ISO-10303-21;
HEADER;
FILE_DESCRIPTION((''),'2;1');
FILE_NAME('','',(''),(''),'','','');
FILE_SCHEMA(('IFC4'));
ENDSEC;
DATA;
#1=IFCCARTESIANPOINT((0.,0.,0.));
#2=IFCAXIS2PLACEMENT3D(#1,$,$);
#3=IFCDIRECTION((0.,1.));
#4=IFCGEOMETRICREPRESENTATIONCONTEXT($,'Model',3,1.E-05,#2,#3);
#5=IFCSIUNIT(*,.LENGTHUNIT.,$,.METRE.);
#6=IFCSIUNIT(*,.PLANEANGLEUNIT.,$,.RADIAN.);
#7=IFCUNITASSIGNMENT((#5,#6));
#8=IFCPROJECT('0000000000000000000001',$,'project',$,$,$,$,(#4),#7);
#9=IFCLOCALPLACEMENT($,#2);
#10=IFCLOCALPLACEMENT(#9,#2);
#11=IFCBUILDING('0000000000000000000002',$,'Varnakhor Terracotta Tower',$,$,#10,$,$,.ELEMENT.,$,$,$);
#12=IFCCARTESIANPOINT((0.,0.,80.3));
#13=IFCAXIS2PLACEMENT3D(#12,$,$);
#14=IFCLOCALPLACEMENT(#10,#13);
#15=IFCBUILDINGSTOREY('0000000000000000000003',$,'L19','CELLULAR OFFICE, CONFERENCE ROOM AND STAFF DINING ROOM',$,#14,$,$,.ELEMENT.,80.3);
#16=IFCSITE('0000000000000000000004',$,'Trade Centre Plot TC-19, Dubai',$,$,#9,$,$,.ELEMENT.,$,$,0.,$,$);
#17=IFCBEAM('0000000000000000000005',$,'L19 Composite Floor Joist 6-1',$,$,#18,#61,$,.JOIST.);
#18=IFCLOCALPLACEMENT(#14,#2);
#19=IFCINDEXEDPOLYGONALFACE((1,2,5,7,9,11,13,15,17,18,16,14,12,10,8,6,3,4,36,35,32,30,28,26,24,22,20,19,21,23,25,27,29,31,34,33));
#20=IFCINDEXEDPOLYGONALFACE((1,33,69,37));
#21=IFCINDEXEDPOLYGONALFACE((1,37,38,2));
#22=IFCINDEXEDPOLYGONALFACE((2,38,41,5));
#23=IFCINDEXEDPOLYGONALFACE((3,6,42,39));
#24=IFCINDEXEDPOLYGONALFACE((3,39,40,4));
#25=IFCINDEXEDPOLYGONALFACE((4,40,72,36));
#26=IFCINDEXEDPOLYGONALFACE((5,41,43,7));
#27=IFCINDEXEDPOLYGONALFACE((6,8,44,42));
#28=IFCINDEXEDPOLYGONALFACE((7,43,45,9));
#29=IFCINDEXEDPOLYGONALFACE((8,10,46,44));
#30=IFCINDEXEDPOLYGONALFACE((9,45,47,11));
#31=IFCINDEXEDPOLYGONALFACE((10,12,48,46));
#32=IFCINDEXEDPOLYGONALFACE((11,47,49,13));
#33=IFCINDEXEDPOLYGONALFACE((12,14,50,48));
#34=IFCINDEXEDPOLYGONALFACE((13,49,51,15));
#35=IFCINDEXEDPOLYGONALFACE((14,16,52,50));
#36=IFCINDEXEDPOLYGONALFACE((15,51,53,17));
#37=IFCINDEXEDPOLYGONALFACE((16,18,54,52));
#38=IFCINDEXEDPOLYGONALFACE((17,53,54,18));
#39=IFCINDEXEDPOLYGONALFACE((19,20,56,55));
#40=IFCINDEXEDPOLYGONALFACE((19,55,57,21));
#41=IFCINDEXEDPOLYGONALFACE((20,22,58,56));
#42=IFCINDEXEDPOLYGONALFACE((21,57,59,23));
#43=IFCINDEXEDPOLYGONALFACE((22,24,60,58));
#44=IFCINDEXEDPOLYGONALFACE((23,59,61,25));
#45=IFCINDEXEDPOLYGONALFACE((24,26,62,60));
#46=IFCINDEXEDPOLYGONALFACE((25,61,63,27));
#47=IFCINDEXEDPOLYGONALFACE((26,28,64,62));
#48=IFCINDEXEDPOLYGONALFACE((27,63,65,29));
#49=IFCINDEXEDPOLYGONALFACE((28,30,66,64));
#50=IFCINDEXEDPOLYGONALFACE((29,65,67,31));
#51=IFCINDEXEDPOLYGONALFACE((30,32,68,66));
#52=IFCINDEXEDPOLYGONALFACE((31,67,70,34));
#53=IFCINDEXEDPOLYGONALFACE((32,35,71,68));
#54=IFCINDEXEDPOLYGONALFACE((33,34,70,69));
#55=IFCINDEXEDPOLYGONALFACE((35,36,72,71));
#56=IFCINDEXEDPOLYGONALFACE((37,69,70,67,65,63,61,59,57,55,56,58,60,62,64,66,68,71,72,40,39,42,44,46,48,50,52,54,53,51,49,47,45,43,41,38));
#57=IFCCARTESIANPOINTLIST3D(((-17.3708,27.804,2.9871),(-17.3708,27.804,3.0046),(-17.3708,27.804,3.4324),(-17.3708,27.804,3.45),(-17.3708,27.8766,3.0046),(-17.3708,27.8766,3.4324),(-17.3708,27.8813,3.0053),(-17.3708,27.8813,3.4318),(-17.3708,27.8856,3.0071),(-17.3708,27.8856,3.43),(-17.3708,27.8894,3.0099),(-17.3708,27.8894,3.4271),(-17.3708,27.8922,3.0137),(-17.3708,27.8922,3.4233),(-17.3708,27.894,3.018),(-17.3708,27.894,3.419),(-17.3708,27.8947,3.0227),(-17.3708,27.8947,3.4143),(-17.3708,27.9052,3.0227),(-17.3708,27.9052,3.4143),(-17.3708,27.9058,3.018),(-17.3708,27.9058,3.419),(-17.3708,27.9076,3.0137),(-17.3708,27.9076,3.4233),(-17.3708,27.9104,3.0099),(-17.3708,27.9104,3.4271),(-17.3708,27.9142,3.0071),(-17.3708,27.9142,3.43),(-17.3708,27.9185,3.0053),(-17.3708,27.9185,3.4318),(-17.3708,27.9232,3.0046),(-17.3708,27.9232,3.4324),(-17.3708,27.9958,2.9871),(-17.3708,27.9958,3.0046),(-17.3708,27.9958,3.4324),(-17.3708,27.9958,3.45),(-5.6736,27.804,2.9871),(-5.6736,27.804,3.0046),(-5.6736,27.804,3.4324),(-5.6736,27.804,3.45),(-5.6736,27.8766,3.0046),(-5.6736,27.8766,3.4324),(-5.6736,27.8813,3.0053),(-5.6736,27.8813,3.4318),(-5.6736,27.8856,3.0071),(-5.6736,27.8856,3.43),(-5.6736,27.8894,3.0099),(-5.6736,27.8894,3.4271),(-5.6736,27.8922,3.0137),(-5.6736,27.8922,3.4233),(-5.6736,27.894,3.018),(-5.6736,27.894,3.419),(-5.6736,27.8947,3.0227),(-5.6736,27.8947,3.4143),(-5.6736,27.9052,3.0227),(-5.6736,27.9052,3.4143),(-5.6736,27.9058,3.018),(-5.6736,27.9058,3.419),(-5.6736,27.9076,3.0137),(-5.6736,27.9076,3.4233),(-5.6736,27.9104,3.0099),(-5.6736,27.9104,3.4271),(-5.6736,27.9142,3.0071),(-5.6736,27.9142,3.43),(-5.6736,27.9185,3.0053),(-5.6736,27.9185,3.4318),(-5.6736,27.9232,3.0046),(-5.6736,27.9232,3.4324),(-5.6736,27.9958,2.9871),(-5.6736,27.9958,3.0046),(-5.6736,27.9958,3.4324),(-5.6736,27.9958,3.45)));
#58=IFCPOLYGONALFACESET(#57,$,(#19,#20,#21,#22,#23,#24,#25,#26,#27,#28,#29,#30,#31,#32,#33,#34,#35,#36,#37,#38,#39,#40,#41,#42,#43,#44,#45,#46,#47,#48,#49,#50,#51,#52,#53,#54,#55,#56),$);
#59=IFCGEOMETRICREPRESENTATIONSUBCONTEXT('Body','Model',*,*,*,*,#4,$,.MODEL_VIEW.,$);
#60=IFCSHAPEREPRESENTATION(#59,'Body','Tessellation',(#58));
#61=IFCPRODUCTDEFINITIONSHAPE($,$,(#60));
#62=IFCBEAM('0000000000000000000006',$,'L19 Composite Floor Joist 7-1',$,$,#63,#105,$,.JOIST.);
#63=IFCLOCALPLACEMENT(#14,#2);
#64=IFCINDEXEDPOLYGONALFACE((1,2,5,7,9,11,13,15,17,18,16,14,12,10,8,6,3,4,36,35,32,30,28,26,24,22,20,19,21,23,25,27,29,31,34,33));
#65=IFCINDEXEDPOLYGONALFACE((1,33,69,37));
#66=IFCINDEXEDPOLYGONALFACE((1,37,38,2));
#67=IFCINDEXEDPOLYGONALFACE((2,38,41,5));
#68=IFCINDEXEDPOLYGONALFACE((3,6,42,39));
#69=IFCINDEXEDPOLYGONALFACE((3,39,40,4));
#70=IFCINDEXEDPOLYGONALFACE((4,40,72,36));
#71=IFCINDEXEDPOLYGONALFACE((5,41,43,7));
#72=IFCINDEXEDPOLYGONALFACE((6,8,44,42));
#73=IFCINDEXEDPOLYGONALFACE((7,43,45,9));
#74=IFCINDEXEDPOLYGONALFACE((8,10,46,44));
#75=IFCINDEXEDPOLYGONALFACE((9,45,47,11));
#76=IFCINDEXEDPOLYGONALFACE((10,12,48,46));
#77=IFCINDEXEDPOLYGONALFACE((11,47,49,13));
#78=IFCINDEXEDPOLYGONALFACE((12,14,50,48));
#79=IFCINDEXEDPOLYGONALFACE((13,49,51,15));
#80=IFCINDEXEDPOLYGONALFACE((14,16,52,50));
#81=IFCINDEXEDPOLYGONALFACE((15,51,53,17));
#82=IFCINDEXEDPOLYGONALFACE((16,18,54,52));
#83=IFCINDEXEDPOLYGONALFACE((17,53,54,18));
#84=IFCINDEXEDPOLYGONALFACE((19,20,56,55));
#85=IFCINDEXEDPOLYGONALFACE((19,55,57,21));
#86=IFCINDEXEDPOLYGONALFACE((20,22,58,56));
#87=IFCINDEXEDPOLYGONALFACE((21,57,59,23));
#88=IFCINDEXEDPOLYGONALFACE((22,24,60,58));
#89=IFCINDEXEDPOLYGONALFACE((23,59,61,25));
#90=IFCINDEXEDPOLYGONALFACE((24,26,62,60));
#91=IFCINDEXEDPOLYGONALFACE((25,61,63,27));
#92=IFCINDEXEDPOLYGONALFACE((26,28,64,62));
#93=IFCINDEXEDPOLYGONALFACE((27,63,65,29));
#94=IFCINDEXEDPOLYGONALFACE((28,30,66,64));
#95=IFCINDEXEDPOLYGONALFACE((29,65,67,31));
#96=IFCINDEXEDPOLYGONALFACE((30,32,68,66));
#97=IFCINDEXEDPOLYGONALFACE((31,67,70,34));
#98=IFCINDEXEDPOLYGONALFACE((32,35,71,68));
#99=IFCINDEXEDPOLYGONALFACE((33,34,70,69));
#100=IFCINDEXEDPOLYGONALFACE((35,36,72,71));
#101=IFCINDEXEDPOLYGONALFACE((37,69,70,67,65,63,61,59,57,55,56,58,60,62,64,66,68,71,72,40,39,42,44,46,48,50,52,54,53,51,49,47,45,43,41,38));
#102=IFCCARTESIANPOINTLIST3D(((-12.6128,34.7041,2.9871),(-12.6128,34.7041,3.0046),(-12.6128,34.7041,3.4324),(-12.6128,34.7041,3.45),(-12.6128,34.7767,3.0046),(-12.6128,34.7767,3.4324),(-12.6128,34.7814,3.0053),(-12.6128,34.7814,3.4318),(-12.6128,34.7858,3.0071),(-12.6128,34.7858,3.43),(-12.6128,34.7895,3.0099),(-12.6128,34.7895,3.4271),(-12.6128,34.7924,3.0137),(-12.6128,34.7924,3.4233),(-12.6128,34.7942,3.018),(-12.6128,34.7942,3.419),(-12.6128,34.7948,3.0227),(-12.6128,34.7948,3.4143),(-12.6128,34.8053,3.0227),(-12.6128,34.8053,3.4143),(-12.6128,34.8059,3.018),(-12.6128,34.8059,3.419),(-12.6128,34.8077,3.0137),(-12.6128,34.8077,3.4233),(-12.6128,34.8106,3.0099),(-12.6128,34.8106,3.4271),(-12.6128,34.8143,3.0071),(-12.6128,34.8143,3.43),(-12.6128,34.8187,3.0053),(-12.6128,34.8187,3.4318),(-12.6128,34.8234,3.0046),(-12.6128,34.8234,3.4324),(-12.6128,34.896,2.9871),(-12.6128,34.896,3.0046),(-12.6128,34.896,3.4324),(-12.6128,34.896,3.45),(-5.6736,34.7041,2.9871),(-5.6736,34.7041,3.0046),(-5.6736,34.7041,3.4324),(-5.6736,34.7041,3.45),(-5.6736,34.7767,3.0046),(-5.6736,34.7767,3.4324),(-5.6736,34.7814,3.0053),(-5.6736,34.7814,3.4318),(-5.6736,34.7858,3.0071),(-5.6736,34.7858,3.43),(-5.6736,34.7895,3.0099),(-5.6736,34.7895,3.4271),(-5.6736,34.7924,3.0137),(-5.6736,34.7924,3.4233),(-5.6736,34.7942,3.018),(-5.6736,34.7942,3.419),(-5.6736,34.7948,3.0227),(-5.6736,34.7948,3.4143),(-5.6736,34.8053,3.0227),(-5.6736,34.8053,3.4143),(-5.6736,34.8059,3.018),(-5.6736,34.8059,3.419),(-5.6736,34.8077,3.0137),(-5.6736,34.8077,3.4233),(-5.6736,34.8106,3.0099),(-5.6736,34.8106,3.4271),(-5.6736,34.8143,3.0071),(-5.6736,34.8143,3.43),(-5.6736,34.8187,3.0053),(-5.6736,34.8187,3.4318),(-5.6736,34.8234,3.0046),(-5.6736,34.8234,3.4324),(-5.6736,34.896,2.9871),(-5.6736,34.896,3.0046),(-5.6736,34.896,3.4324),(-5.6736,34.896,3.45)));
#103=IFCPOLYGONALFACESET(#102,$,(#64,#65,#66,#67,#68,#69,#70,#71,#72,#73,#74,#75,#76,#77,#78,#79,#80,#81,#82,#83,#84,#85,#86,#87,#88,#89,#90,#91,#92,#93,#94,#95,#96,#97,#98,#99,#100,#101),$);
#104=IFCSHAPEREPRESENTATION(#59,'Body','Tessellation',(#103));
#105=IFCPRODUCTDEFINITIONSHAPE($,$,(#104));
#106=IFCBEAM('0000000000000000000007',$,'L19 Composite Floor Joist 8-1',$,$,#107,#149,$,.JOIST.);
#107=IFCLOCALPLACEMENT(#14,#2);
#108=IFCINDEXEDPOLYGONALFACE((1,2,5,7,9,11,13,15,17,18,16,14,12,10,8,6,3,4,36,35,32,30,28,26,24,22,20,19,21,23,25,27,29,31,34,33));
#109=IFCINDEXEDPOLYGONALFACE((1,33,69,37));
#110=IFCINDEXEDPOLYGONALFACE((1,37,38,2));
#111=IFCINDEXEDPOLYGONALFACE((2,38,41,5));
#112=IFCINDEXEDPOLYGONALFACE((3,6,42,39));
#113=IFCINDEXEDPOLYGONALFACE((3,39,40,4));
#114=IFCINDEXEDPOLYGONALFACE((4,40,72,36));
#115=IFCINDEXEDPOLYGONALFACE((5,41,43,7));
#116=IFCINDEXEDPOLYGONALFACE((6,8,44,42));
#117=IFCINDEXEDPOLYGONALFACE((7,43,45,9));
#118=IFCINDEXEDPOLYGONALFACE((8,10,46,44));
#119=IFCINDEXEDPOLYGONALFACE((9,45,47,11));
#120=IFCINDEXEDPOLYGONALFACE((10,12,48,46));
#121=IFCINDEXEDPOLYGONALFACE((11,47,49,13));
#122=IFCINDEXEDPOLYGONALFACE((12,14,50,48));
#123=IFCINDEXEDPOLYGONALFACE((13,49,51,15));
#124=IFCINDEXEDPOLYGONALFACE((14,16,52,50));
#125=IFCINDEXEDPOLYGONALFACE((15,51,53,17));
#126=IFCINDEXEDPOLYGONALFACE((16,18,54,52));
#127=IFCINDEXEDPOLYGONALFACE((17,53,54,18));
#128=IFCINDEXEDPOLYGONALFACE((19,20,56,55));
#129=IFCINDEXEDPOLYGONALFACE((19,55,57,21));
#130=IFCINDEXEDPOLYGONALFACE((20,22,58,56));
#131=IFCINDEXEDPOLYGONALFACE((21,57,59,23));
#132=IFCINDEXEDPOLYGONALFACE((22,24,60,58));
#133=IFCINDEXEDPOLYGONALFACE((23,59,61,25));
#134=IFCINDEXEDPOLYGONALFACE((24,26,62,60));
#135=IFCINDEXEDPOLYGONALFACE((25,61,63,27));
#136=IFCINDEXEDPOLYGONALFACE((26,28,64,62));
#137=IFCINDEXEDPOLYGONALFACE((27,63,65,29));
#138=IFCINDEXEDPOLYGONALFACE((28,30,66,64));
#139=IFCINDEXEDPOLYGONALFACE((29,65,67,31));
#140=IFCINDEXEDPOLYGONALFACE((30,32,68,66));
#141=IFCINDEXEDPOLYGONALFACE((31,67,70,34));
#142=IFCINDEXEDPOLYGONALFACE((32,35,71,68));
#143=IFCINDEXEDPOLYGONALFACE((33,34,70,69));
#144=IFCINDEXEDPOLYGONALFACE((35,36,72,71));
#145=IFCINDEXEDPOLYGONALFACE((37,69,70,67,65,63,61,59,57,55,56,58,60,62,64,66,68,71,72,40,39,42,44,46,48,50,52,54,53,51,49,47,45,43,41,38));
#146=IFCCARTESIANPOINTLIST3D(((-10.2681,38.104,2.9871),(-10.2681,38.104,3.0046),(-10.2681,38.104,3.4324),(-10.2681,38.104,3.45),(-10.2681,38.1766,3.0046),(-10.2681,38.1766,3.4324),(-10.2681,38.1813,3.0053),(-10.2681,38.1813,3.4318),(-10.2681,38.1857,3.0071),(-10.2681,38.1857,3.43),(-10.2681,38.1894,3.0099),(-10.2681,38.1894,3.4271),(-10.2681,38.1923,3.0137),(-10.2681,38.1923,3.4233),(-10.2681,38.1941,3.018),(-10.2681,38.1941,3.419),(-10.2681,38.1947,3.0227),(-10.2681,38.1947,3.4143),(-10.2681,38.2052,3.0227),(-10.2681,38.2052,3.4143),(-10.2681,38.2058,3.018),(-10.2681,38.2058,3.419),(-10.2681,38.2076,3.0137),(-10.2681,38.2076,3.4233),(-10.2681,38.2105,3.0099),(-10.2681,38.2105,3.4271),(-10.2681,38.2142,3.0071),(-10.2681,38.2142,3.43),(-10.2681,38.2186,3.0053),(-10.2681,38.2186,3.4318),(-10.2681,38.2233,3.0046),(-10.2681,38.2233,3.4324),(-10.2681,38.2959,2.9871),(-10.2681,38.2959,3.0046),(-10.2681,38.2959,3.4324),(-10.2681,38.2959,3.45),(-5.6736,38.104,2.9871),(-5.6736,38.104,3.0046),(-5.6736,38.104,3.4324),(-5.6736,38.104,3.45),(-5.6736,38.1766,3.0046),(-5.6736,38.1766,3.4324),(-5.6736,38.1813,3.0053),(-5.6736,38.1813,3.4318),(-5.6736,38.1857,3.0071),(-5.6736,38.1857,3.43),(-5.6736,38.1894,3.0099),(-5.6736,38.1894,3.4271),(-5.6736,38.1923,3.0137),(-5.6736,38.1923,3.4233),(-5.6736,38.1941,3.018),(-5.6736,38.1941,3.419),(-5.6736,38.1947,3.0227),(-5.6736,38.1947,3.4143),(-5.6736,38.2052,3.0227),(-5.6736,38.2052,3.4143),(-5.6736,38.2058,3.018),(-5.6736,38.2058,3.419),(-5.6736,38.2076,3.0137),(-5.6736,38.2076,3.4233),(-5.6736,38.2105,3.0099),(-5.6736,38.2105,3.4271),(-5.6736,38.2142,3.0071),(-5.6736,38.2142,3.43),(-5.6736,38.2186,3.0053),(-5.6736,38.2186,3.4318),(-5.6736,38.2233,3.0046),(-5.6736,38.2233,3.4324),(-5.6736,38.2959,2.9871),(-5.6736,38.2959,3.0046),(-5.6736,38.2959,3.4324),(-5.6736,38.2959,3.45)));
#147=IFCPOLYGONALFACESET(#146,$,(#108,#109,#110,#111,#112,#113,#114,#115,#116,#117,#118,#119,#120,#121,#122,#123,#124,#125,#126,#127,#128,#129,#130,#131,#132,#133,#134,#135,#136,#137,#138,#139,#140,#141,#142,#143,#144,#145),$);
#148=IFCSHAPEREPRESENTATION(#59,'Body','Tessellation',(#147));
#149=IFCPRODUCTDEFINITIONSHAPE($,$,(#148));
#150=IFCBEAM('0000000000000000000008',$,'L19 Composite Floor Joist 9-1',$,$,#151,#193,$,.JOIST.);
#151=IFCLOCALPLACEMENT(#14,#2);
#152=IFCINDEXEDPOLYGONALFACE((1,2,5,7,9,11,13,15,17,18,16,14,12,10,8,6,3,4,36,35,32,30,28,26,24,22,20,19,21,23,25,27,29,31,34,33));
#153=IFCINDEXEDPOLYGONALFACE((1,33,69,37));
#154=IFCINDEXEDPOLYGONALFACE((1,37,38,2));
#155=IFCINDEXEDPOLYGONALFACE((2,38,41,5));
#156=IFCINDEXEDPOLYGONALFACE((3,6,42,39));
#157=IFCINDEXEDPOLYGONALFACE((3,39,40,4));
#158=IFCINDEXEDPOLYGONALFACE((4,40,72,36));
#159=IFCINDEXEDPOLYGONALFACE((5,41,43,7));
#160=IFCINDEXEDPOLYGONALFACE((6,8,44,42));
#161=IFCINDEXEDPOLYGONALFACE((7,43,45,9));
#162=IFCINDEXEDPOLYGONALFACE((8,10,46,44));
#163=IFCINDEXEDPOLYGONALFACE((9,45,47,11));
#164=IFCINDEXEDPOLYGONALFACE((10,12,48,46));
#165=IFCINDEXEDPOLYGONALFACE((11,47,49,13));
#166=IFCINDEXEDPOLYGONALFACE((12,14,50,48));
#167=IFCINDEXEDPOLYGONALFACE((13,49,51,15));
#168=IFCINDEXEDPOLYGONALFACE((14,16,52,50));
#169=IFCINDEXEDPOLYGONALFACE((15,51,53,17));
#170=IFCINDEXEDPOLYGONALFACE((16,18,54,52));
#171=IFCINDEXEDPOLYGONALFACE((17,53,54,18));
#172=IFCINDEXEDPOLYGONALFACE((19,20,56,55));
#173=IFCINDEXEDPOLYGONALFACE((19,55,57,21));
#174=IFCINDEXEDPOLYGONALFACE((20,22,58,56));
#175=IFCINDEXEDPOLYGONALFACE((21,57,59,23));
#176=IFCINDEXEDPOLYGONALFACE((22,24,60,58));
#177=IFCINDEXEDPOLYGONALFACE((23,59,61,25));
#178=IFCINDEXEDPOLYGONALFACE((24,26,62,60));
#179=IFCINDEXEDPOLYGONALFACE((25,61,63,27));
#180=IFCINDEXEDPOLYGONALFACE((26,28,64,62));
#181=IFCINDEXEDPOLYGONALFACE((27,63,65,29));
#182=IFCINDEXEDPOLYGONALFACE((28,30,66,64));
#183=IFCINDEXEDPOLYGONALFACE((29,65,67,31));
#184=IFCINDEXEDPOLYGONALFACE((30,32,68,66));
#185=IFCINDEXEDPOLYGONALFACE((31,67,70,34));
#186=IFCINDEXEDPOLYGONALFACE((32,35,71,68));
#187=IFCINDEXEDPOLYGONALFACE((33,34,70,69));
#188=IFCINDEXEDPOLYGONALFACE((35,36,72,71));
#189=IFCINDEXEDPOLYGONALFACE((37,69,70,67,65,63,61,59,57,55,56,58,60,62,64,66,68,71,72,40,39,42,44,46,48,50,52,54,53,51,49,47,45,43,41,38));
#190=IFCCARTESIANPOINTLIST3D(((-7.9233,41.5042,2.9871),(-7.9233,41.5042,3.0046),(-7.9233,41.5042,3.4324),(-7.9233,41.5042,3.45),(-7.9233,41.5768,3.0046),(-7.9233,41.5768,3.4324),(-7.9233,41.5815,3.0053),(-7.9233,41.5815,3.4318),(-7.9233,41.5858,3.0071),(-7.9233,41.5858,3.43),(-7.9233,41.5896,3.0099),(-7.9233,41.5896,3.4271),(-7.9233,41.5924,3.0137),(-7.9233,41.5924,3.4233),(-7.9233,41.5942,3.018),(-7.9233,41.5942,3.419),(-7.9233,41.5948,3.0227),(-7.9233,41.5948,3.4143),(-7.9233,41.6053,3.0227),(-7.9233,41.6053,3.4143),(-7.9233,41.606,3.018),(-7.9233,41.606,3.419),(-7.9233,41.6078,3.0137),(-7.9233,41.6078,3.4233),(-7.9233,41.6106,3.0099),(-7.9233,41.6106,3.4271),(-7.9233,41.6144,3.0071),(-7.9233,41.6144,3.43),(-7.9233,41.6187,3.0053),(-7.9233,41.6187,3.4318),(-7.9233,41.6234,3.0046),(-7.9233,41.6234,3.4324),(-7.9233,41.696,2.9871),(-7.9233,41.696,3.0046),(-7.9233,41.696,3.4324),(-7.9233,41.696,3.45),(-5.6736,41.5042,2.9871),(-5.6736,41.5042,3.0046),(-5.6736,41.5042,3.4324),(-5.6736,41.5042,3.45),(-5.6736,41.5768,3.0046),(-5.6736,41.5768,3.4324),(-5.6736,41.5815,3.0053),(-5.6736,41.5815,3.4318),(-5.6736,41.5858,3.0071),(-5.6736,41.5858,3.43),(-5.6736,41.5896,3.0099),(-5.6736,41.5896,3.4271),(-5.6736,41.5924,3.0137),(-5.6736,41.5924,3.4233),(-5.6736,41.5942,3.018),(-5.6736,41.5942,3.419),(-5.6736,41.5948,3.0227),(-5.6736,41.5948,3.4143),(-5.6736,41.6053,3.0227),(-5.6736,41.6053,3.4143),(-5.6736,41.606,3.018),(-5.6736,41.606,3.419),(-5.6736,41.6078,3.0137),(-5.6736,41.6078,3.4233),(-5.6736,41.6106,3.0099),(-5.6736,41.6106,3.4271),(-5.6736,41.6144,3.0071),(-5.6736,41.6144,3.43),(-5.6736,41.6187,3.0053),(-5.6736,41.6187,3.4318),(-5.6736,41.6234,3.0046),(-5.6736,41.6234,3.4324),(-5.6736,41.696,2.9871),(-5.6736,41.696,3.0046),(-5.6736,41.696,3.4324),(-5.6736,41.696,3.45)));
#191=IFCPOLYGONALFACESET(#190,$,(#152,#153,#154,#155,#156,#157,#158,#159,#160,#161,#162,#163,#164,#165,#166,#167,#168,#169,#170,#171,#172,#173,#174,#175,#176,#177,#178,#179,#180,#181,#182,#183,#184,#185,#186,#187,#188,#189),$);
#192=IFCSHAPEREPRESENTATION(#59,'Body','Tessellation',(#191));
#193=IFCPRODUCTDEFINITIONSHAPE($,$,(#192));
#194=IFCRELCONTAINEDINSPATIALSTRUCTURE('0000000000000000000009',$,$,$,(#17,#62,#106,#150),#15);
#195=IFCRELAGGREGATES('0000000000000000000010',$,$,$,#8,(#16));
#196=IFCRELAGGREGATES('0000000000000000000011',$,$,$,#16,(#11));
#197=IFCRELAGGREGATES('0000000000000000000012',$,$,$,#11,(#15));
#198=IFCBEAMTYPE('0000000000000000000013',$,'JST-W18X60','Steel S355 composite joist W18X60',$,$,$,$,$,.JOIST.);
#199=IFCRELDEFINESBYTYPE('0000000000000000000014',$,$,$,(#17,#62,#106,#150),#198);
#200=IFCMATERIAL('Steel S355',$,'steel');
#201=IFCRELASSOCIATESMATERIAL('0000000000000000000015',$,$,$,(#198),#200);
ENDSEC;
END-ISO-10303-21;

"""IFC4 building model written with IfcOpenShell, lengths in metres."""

from ifc_helpers import new_model, si_unit, direction, frame, origin, origin_2d, place, context, subcontext, project, spatial, i_section, extrude, source, transform, mapped, material, material_profile, profile_set, type_object, element, save


model = new_model("IFC4")

# Units and contexts
model_context = context("Model", 3, precision=1e-05, world=origin(), true_north=direction((0.0, 1.0)))
body_context = subcontext(model_context, "Body", "Model", "MODEL_VIEW")
ifc_project = project(units=[si_unit("LENGTHUNIT", "METRE"), si_unit("PLANEANGLEUNIT", "RADIAN")], contexts=[model_context])

# Site, building, storey
site_placement = place(None, origin())
site = spatial("IfcSite", under=ifc_project, at=site_placement, Name="Trade Centre Plot TC-19, Dubai", CompositionType="ELEMENT", RefElevation=0.0)
building_placement = place(site_placement, origin())
building = spatial("IfcBuilding", under=site, at=building_placement, Name="Varnakhor Terracotta Tower", CompositionType="ELEMENT")
storey_placement = place(building_placement, frame((0.0, 0.0, 80.3)))
storey = spatial("IfcBuildingStorey", under=building, at=storey_placement, Name="L19", Description="CELLULAR OFFICE, CONFERENCE ROOM AND STAFF DINING ROOM", CompositionType="ELEMENT", Elevation=80.3)

# Beams
ifc_material_1 = material(Name="Steel S355", Category="steel")
ifc_material_profile_1 = material_profile(ifc_material_1, i_section(OverallWidth=0.1919, OverallDepth=0.4629, WebThickness=0.0105, FlangeThickness=0.0176, FilletRadius=0.0181, at=origin_2d()), Name="W18X60")
ifc_profile_set_1 = profile_set([ifc_material_profile_1], Name="Steel S355")
beam_type_1 = type_object("IfcBeamType", Name="JST-W18X60", Description="Steel S355 composite joist W18X60", PredefinedType="JOIST", material=ifc_profile_set_1)
shared_shape_1 = source(origin(), body_context, "Body", "SweptSolid", [
    extrude(i_section(OverallWidth=0.1919, OverallDepth=0.4629, WebThickness=0.0105, FlangeThickness=0.0176, FilletRadius=0.0181, at=origin_2d()), origin(), (0.0, 0.0, 1.0), 11.6973),
])
beam_1_placement = place(storey_placement, frame((-17.3708, 27.8999, 3.2185), z_axis=(1.0, 0.0, 0.0), x_axis=(0.0, 1.0, 0.0)))
element("IfcBeam", 1, at=beam_1_placement, inside=storey, type_object=beam_type_1, Name="L19 Composite Floor Joist 6-1", PredefinedType="JOIST", context=body_context, shape_type="MappedRepresentation", body=[
    mapped(shared_shape_1, transform((0.0, 0.0, 0.0), scale=1.0)),
])
shared_shape_2 = source(origin(), body_context, "Body", "SweptSolid", [
    extrude(i_section(OverallWidth=0.1919, OverallDepth=0.4629, WebThickness=0.0105, FlangeThickness=0.0176, FilletRadius=0.0181, at=origin_2d()), origin(), (0.0, 0.0, 1.0), 6.9392),
])
beam_2_placement = place(storey_placement, frame((-12.6128, 34.8, 3.2185), z_axis=(1.0, 0.0, 0.0), x_axis=(0.0, 1.0, 0.0)))
element("IfcBeam", 2, at=beam_2_placement, inside=storey, type_object=beam_type_1, Name="L19 Composite Floor Joist 7-1", PredefinedType="JOIST", context=body_context, shape_type="MappedRepresentation", body=[
    mapped(shared_shape_2, transform((0.0, 0.0, 0.0), scale=1.0)),
])
shared_shape_3 = source(origin(), body_context, "Body", "SweptSolid", [
    extrude(i_section(OverallWidth=0.1919, OverallDepth=0.4629, WebThickness=0.0105, FlangeThickness=0.0176, FilletRadius=0.0181, at=origin_2d()), origin(), (0.0, 0.0, 1.0), 4.5945),
])
beam_3_placement = place(storey_placement, frame((-10.2681, 38.2, 3.2185), z_axis=(1.0, 0.0, 0.0), x_axis=(0.0, 1.0, 0.0)))
element("IfcBeam", 3, at=beam_3_placement, inside=storey, type_object=beam_type_1, Name="L19 Composite Floor Joist 8-1", PredefinedType="JOIST", context=body_context, shape_type="MappedRepresentation", body=[
    mapped(shared_shape_3, transform((0.0, 0.0, 0.0), scale=1.0)),
])
shared_shape_4 = source(origin(), body_context, "Body", "SweptSolid", [
    extrude(i_section(OverallWidth=0.1919, OverallDepth=0.4629, WebThickness=0.0105, FlangeThickness=0.0176, FilletRadius=0.0181, at=origin_2d()), origin(), (0.0, 0.0, 1.0), 2.2498),
])
beam_4_placement = place(storey_placement, frame((-7.9233, 41.6001, 3.2185), z_axis=(1.0, 0.0, 0.0), x_axis=(0.0, 1.0, 0.0)))
element("IfcBeam", 4, at=beam_4_placement, inside=storey, type_object=beam_type_1, Name="L19 Composite Floor Joist 9-1", PredefinedType="JOIST", context=body_context, shape_type="MappedRepresentation", body=[
    mapped(shared_shape_4, transform((0.0, 0.0, 0.0), scale=1.0)),
])

save(model, "model.ifc")
